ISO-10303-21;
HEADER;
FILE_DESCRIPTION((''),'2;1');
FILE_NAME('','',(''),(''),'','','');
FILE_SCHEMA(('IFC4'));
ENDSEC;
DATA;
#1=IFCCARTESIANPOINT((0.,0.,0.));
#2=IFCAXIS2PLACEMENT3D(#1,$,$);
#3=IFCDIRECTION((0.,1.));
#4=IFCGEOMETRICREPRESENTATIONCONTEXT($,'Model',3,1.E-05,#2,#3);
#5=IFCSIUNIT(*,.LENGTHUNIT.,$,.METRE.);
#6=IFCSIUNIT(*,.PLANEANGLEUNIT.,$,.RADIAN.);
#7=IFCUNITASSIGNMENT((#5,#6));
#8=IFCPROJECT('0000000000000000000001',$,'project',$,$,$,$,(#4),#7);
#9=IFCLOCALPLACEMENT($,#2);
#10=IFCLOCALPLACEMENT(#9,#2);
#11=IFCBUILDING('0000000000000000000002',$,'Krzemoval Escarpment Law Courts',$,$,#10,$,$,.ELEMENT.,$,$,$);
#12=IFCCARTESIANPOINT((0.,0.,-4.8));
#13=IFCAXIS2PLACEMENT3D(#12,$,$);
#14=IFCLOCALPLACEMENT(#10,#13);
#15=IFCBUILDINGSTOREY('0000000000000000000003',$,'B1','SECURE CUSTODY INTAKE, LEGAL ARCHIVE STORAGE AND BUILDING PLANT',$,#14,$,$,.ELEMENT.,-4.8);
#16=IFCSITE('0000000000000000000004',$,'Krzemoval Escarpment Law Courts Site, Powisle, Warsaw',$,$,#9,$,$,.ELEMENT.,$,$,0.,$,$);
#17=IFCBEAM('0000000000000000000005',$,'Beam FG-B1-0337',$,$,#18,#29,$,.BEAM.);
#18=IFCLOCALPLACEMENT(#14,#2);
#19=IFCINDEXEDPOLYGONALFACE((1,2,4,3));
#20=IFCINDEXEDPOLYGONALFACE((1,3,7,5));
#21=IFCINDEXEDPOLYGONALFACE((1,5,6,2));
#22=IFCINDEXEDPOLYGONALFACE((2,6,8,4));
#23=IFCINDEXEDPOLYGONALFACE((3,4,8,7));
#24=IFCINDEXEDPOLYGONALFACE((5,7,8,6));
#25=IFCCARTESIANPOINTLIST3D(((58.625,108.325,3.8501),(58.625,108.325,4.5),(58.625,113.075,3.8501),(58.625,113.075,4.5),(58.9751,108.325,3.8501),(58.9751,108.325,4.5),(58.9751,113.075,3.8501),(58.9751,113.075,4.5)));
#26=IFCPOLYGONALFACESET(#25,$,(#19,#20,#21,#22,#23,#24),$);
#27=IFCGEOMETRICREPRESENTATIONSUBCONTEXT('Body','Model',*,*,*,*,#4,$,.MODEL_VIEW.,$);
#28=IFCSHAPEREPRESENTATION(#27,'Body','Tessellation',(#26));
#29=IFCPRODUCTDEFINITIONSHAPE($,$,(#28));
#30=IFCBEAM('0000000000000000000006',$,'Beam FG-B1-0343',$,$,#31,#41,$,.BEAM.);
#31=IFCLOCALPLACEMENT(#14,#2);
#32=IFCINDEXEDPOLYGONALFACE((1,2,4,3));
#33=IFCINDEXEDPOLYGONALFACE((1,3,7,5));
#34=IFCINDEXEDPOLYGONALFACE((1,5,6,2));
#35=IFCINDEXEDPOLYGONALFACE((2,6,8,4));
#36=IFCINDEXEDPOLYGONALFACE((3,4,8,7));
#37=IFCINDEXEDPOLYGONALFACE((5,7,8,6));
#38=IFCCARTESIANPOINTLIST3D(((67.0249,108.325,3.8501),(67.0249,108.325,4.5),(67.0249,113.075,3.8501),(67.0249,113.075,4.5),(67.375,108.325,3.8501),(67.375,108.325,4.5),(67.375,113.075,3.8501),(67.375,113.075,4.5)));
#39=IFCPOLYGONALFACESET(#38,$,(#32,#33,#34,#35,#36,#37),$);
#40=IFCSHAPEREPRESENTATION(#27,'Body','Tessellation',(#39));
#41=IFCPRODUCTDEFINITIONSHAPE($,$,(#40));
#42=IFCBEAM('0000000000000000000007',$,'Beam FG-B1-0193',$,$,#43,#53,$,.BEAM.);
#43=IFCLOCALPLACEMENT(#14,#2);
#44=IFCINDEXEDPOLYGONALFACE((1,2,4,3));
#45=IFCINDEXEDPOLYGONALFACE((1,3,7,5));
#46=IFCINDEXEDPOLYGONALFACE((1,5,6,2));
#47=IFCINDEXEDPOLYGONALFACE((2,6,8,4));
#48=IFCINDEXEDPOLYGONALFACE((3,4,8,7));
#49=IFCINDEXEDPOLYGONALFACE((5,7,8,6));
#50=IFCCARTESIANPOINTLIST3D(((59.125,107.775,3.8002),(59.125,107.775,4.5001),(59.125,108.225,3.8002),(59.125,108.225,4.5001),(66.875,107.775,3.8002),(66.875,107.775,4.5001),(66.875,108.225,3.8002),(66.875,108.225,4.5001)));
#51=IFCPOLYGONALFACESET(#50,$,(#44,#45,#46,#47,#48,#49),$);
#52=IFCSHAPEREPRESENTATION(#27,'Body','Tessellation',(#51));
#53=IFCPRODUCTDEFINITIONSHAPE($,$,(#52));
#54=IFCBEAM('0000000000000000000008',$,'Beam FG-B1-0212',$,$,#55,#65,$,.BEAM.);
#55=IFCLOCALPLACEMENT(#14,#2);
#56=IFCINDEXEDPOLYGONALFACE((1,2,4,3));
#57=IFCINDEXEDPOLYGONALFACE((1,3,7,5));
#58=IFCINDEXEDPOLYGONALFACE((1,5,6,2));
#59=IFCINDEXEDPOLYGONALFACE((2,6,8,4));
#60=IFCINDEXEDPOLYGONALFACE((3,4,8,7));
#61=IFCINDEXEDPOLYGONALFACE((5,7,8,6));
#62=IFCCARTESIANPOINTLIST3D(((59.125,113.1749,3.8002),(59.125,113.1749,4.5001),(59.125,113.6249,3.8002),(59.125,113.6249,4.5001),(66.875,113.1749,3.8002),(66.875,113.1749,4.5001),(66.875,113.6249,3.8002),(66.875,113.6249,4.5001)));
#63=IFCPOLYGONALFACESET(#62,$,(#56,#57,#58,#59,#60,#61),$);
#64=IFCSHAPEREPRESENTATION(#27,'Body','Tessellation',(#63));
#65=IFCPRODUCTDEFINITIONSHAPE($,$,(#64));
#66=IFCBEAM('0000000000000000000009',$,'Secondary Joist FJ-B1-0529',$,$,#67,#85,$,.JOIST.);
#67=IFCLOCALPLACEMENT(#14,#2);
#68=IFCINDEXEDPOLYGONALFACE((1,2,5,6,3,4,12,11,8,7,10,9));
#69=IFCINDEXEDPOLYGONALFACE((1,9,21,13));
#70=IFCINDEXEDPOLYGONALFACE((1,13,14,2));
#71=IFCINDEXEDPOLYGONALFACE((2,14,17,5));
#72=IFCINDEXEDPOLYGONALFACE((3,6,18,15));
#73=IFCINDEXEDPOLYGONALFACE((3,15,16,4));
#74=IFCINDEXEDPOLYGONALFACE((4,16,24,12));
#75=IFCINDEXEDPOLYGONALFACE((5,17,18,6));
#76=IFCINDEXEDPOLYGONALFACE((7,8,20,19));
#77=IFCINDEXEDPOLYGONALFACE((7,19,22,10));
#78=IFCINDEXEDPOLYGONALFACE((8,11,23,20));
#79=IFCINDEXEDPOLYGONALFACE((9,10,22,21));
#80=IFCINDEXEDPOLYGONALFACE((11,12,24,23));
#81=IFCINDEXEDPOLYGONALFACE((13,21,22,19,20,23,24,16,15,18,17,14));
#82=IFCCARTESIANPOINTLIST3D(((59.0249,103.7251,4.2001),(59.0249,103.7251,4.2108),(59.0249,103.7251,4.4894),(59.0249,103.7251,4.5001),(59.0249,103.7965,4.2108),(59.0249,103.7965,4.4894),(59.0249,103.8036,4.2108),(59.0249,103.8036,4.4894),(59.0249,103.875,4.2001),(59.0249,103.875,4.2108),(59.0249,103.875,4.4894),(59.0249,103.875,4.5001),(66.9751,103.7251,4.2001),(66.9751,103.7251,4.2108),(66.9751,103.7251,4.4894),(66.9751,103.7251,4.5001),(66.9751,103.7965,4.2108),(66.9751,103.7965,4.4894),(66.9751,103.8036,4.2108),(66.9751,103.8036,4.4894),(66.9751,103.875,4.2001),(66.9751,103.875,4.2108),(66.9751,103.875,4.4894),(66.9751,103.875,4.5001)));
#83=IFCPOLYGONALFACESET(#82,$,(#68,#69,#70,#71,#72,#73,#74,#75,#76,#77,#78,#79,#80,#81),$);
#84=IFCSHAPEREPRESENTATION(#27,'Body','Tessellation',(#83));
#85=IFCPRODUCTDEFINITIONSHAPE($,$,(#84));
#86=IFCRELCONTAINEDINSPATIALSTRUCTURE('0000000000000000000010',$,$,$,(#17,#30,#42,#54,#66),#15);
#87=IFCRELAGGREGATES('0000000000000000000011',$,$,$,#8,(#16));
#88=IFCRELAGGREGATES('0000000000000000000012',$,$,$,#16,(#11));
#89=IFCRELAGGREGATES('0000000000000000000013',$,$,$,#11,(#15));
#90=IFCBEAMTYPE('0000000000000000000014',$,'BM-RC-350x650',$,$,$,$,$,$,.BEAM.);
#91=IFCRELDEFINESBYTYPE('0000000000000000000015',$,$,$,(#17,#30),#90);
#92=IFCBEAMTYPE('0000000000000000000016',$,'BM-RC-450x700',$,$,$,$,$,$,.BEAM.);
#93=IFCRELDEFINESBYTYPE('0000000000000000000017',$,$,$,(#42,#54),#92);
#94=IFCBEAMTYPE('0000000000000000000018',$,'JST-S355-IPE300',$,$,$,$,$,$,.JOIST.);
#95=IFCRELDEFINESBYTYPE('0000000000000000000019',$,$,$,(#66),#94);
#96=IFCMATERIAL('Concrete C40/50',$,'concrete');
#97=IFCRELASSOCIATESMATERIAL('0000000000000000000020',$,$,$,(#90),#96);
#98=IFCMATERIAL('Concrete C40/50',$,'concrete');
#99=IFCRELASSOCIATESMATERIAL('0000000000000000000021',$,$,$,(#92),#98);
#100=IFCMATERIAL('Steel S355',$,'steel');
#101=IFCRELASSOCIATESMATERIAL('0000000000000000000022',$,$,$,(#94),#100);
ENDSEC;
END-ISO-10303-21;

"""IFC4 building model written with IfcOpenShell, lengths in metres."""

from ifc_helpers import new_model, si_unit, direction, frame, origin, origin_2d, place, context, subcontext, project, spatial, rectangle, i_section, extrude, material, material_profile, profile_set, type_object, element, save


model = new_model("IFC4")

# Units and contexts
model_context = context("Model", 3, precision=1e-05, world=origin(), true_north=direction((0.0, 1.0)))
body_context = subcontext(model_context, "Body", "Model", "MODEL_VIEW")
ifc_project = project(units=[si_unit("LENGTHUNIT", "METRE"), si_unit("PLANEANGLEUNIT", "RADIAN")], contexts=[model_context])

# Site, building, storey
site_placement = place(None, origin())
site = spatial("IfcSite", under=ifc_project, at=site_placement, Name="Krzemoval Escarpment Law Courts Site, Powisle, Warsaw", CompositionType="ELEMENT", RefElevation=0.0)
building_placement = place(site_placement, origin())
building = spatial("IfcBuilding", under=site, at=building_placement, Name="Krzemoval Escarpment Law Courts", CompositionType="ELEMENT")
storey_placement = place(building_placement, frame((0.0, 0.0, -4.8)))
storey = spatial("IfcBuildingStorey", under=building, at=storey_placement, Name="B1", Description="SECURE CUSTODY INTAKE, LEGAL ARCHIVE STORAGE AND BUILDING PLANT", CompositionType="ELEMENT", Elevation=-4.8)

# Beams
ifc_material_1 = material(Name="Concrete C40/50", Category="concrete")
ifc_material_profile_1 = material_profile(ifc_material_1, rectangle(XDim=0.3501, YDim=0.6499, at=origin_2d()), Name="RCB 350x650")
ifc_profile_set_1 = profile_set([ifc_material_profile_1], Name="Concrete C40/50")
beam_type_1 = type_object("IfcBeamType", Name="BM-RC-350x650", PredefinedType="BEAM", material=ifc_profile_set_1)
for number, where, z_axis, x_axis, name in (
    (1, (58.8, 108.325, 4.175), (0.0, 1.0, 0.0), (-1.0, 0.0, 0.0), "Beam FG-B1-0337"),
    (2, (67.2, 108.325, 4.175), (0.0, 1.0, 0.0), (-1.0, 0.0, 0.0), "Beam FG-B1-0343"),
):
    element("IfcBeam", number, at=place(storey_placement, frame(where, z_axis=z_axis, x_axis=x_axis)), inside=storey, type_object=beam_type_1, Name=name, PredefinedType="BEAM", context=body_context, shape_type="SweptSolid", body=[
        extrude(rectangle(XDim=0.3501, YDim=0.6499, at=origin_2d()), origin(), (0.0, 0.0, 1.0), 4.75),
    ])
ifc_material_2 = material(Name="Concrete C40/50", Category="concrete")
ifc_material_profile_2 = material_profile(ifc_material_2, rectangle(XDim=0.45, YDim=0.7, at=origin_2d()), Name="RCB 450x700")
ifc_profile_set_2 = profile_set([ifc_material_profile_2], Name="Concrete C40/50")
beam_type_2 = type_object("IfcBeamType", Name="BM-RC-450x700", PredefinedType="BEAM", material=ifc_profile_set_2)
for number, where, z_axis, x_axis, name in (
    (3, (59.125, 108.0, 4.1501), (1.0, 0.0, 0.0), (0.0, 1.0, 0.0), "Beam FG-B1-0193"),
    (4, (59.125, 113.3999, 4.1501), (1.0, 0.0, 0.0), (0.0, 1.0, 0.0), "Beam FG-B1-0212"),
):
    element("IfcBeam", number, at=place(storey_placement, frame(where, z_axis=z_axis, x_axis=x_axis)), inside=storey, type_object=beam_type_2, Name=name, PredefinedType="BEAM", context=body_context, shape_type="SweptSolid", body=[
        extrude(rectangle(XDim=0.45, YDim=0.7, at=origin_2d()), origin(), (0.0, 0.0, 1.0), 7.75),
    ])
ifc_material_3 = material(Name="Steel S355", Category="steel")
ifc_material_profile_3 = material_profile(ifc_material_3, i_section(OverallWidth=0.1499, OverallDepth=0.3, WebThickness=0.0071, FlangeThickness=0.0107, at=origin_2d()), Name="IPE 300")
ifc_profile_set_3 = profile_set([ifc_material_profile_3], Name="Steel S355")
beam_type_3 = type_object("IfcBeamType", Name="JST-S355-IPE300", PredefinedType="JOIST", material=ifc_profile_set_3)
beam_placement = place(storey_placement, frame((59.0249, 103.8, 4.3501), z_axis=(1.0, 0.0, 0.0), x_axis=(0.0, 1.0, 0.0)))
element("IfcBeam", 5, at=beam_placement, inside=storey, type_object=beam_type_3, Name="Secondary Joist FJ-B1-0529", PredefinedType="JOIST", context=body_context, shape_type="SweptSolid", body=[
    extrude(i_section(OverallWidth=0.1499, OverallDepth=0.3, WebThickness=0.0071, FlangeThickness=0.0107, at=origin_2d()), origin(), (0.0, 0.0, 1.0), 7.9502),
])

save(model, "model.ifc")
